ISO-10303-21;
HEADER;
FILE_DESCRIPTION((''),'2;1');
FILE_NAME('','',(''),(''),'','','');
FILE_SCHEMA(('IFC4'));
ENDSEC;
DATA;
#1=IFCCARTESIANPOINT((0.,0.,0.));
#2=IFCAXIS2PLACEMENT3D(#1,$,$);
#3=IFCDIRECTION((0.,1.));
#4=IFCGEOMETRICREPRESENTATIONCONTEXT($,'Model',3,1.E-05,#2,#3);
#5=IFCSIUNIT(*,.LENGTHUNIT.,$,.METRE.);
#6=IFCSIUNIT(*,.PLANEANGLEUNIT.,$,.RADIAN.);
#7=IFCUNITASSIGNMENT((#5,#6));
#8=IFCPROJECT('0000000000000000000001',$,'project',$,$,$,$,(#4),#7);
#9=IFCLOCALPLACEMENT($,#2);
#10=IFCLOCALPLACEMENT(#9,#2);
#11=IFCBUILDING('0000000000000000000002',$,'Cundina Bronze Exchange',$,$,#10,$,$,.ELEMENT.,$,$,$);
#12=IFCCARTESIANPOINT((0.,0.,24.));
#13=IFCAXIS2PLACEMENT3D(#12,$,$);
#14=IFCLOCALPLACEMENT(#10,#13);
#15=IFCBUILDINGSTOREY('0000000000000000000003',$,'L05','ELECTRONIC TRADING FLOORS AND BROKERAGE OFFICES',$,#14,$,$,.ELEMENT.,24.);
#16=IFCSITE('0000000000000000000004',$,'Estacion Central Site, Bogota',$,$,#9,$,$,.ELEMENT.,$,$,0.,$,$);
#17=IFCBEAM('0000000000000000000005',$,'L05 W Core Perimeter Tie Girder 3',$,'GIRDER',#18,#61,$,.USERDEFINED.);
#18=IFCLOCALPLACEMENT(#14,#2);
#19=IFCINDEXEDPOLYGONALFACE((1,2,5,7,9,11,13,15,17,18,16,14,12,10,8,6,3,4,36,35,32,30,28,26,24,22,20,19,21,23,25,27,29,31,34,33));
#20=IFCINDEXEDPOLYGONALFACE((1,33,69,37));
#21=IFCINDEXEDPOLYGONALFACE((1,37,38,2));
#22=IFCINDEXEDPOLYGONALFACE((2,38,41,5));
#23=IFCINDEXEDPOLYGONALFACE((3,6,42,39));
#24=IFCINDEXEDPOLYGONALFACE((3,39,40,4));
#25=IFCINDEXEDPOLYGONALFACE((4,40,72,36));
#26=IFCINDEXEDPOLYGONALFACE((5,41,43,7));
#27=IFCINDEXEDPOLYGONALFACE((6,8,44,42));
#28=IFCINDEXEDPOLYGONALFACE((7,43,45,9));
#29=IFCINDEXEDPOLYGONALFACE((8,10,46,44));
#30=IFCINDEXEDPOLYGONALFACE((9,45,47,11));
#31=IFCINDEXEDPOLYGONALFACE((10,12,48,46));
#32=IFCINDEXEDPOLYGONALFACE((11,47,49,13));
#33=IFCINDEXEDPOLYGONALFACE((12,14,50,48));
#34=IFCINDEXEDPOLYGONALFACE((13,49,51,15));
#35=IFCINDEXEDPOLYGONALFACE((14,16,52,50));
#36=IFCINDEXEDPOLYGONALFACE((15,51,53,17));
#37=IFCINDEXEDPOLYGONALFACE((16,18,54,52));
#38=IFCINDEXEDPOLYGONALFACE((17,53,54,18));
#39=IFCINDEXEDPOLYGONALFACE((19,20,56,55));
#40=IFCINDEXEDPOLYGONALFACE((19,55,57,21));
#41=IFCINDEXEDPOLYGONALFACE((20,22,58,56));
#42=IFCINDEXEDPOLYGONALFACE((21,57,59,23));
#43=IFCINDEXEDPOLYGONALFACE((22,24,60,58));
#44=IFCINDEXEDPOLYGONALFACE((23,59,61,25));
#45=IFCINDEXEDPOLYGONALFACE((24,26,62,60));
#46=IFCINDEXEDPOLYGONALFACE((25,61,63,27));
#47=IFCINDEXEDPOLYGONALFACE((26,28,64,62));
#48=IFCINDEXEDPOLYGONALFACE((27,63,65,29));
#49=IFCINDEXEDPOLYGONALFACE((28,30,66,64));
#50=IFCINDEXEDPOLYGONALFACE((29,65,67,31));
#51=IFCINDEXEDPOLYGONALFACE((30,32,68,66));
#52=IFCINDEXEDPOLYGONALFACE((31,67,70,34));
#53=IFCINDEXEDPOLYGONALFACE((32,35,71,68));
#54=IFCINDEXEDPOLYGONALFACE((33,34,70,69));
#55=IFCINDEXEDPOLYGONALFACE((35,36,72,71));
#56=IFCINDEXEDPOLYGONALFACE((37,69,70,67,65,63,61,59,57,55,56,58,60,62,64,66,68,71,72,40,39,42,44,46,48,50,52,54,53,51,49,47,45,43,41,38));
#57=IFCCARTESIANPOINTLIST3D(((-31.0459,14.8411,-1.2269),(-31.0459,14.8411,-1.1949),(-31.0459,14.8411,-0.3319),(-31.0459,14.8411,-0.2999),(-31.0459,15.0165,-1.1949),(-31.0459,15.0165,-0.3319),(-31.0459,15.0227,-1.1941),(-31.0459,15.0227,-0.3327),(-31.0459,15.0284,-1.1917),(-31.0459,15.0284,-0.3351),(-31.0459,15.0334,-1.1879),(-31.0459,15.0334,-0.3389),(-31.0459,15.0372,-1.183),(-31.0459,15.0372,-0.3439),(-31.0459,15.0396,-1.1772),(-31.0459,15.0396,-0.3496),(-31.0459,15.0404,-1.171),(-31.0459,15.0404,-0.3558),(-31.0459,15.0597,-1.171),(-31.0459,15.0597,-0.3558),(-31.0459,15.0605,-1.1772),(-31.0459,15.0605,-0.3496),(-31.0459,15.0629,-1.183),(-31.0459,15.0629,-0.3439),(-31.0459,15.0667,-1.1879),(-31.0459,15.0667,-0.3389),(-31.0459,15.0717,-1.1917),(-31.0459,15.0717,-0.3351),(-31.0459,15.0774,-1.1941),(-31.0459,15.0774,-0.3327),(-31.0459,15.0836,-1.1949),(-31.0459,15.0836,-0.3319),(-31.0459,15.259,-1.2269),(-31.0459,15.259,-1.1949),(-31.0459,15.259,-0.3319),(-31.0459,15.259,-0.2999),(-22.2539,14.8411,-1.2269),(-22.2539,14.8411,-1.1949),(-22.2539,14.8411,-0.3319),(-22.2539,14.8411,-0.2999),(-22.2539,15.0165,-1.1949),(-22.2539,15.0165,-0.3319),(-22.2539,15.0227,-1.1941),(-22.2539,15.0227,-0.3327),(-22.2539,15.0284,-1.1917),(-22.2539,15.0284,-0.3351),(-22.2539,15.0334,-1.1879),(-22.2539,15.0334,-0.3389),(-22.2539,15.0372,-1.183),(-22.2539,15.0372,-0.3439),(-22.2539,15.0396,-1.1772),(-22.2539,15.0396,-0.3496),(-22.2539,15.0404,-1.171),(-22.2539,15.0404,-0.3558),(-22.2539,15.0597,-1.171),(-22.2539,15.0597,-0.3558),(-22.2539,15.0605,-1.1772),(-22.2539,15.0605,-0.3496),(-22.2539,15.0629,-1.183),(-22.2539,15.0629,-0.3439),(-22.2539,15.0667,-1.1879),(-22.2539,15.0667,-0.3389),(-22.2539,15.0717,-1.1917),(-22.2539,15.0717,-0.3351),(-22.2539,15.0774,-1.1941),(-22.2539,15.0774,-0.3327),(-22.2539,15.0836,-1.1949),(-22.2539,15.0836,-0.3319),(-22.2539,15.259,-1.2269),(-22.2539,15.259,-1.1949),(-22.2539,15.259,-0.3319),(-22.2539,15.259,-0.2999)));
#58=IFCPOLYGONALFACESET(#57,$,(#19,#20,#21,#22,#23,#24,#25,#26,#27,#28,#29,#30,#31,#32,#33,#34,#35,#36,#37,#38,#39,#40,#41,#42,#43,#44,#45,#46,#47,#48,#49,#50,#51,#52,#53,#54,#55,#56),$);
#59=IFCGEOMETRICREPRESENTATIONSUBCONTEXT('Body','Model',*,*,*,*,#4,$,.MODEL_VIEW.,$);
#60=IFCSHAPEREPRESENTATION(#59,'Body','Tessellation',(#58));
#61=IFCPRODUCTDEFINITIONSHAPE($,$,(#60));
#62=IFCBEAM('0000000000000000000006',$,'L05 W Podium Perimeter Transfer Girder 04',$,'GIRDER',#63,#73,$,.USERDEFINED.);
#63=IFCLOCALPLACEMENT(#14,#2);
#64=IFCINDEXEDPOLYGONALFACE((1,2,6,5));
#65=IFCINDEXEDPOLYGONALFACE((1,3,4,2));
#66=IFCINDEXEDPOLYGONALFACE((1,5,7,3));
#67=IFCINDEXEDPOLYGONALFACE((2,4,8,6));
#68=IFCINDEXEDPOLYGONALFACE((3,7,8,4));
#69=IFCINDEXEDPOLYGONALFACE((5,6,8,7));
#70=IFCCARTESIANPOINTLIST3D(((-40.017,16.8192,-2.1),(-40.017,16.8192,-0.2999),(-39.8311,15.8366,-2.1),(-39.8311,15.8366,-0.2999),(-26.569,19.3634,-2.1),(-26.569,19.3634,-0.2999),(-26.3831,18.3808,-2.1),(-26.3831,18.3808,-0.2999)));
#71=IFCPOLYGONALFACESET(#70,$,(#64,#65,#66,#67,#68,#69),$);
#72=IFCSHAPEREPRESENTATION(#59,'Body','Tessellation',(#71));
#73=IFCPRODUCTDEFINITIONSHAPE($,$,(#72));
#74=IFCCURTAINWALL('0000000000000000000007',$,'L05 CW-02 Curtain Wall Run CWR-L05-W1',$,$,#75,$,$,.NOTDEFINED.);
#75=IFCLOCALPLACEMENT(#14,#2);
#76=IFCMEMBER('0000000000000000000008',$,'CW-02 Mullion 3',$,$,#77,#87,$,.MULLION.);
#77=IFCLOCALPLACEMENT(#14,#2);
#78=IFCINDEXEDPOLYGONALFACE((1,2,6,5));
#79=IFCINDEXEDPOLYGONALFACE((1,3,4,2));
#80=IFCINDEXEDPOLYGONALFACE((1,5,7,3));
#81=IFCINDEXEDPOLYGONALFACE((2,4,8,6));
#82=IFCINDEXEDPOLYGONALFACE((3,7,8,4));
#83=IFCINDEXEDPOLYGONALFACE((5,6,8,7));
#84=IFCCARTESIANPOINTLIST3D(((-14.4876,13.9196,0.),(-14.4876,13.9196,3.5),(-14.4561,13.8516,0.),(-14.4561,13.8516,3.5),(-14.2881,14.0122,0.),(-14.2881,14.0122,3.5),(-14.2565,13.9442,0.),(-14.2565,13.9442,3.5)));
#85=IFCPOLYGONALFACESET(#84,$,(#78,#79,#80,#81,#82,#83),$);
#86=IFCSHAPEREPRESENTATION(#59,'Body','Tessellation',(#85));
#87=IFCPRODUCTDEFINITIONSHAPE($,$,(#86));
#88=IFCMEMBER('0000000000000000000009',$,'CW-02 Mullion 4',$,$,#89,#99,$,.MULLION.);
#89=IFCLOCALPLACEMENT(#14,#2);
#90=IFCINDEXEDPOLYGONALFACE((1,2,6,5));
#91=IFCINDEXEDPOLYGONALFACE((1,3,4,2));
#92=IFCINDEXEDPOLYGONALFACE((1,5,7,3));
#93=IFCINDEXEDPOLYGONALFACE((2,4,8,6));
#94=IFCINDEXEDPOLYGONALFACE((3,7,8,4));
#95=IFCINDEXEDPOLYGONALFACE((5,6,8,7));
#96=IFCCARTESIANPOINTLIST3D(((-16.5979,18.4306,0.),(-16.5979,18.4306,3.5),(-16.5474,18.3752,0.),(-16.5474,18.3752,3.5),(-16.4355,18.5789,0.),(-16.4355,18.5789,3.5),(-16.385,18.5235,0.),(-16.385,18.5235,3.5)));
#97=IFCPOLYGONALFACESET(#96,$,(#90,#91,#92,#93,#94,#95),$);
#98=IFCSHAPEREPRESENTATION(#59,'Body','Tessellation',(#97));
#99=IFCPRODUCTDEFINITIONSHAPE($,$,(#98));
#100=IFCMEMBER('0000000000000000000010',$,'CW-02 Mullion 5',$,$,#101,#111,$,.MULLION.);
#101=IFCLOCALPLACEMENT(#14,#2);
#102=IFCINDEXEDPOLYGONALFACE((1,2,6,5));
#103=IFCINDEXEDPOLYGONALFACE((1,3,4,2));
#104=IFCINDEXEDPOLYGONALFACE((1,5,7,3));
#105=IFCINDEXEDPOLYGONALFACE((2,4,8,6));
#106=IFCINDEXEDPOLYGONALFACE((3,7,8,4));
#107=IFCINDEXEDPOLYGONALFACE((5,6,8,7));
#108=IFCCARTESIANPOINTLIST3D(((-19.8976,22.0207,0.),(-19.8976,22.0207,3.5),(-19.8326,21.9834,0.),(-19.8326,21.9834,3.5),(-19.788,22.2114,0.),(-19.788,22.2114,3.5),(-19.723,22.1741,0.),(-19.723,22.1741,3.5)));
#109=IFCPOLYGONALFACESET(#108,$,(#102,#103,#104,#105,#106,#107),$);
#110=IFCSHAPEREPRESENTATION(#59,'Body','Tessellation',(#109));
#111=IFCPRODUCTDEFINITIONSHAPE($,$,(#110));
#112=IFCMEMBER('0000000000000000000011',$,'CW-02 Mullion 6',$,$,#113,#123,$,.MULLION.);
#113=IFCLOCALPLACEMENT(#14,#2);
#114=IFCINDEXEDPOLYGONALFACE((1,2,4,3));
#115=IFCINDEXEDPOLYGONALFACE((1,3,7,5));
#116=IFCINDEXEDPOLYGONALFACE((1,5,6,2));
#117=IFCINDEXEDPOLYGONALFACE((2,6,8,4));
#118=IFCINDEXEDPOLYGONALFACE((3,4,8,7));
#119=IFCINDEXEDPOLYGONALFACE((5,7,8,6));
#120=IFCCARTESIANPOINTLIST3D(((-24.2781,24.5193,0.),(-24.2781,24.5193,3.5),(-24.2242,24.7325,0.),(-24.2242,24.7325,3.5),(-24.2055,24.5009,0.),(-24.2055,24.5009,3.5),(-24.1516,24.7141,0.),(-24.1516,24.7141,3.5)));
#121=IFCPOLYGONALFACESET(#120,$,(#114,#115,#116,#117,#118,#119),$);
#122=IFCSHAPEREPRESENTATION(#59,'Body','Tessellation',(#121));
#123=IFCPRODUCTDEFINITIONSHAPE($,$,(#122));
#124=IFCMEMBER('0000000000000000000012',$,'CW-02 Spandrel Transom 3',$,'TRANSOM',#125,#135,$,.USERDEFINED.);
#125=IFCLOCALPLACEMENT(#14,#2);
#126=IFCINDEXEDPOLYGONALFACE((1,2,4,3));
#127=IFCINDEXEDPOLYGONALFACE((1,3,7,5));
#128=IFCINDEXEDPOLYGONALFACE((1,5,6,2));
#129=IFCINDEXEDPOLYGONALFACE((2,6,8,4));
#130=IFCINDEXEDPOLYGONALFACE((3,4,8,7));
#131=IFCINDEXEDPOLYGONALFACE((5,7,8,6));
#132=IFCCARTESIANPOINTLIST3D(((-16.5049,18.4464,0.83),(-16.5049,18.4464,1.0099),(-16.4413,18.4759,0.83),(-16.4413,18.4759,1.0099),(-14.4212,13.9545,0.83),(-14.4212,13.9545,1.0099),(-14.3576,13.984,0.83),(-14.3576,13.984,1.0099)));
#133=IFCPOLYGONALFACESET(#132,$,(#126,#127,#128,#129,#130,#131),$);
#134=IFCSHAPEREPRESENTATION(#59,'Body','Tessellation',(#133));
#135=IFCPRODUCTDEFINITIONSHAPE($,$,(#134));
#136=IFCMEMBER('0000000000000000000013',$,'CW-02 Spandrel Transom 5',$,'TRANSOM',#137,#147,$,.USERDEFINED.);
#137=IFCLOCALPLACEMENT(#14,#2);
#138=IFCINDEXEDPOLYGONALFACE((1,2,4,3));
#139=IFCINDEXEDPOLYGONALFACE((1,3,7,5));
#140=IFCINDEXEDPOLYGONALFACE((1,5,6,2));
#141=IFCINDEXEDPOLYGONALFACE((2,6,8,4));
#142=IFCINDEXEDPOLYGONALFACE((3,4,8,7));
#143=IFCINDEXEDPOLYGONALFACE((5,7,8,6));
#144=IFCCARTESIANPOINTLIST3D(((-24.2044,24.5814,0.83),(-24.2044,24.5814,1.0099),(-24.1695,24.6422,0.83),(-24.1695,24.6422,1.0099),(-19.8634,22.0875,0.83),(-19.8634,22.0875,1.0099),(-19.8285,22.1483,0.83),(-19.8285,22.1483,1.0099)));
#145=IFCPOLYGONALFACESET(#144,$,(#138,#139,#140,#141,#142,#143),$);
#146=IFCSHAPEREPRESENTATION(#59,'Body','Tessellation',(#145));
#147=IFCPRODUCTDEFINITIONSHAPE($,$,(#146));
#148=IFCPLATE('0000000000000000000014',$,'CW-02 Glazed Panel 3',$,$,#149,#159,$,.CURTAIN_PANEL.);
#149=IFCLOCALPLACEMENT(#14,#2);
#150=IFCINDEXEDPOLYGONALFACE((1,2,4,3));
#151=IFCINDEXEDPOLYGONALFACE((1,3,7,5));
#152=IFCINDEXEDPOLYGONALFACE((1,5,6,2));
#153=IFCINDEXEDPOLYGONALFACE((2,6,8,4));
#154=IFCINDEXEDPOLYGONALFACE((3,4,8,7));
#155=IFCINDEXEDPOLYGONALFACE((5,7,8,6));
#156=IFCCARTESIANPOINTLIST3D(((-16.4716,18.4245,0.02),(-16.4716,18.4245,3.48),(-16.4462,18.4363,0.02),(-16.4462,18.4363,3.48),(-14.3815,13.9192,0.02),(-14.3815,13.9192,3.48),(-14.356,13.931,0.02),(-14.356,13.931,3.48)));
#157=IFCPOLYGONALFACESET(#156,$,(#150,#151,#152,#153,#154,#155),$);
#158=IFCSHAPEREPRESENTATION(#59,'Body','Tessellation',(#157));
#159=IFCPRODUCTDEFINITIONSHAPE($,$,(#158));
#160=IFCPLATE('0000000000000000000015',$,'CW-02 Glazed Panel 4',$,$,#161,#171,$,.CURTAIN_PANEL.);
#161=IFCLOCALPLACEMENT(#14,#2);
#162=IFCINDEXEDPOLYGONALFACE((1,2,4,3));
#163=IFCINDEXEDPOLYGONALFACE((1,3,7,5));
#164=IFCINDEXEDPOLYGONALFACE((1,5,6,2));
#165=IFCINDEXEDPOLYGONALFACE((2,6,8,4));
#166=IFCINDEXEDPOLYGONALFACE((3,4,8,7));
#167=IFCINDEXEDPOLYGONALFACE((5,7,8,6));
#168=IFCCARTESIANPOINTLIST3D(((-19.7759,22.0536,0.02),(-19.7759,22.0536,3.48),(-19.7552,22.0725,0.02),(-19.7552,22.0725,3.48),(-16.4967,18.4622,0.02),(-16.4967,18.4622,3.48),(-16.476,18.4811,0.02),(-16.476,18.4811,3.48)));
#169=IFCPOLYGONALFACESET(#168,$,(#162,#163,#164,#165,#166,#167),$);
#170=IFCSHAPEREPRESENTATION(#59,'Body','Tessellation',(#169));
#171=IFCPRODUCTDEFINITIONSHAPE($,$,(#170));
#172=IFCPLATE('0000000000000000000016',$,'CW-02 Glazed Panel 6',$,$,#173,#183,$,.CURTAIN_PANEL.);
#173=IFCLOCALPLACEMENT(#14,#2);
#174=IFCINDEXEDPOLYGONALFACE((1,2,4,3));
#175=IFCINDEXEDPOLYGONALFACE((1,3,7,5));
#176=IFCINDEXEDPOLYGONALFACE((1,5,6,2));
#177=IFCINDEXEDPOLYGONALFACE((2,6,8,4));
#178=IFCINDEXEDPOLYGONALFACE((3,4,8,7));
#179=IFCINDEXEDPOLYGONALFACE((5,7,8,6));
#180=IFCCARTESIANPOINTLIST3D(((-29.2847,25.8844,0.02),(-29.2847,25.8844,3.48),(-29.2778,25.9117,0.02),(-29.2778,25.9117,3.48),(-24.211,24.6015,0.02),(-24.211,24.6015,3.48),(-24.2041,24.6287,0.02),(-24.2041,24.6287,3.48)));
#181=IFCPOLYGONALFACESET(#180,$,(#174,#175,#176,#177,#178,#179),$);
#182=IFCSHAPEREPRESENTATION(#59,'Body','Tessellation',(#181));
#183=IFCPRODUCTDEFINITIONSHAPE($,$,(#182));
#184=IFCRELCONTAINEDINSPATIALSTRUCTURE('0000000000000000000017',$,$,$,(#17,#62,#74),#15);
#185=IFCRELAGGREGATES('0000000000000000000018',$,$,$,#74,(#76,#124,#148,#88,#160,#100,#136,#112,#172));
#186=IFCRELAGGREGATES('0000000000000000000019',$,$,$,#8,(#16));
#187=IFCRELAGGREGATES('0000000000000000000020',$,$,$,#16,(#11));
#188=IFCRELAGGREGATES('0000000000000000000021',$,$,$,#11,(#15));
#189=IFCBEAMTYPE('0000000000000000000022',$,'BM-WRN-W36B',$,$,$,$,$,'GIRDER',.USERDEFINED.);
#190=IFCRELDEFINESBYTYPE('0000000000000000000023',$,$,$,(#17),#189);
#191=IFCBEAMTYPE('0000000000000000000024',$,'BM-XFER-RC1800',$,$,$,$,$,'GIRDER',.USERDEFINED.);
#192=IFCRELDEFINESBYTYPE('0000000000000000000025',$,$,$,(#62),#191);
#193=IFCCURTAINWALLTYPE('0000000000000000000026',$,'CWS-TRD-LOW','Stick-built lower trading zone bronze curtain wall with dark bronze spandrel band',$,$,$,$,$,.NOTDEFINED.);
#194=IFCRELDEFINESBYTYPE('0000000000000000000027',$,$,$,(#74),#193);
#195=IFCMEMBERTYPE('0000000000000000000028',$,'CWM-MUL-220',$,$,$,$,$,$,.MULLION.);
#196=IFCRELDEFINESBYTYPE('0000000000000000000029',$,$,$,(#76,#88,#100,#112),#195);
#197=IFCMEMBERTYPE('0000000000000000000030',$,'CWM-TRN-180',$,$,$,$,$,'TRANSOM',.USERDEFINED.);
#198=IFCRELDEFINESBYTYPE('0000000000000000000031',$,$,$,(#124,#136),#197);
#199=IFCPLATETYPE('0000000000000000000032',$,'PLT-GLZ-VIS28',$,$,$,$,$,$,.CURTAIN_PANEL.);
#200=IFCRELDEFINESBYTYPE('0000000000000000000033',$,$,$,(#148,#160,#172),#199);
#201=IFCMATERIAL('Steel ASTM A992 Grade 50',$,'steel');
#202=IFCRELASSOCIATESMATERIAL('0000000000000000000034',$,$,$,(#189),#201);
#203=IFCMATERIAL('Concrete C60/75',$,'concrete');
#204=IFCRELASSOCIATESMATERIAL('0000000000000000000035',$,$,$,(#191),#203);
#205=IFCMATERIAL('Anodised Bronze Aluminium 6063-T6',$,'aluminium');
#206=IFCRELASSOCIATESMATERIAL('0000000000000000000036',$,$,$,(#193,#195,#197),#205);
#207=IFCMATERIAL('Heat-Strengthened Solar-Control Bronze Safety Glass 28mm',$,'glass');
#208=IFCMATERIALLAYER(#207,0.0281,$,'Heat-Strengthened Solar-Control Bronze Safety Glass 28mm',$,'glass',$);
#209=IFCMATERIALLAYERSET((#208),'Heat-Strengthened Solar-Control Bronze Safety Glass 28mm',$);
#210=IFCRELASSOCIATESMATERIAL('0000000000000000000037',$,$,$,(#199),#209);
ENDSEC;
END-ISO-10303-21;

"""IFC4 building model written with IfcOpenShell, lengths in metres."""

from ifc_helpers import new_model, si_unit, direction, frame, origin, origin_2d, place, context, subcontext, project, spatial, rectangle, i_section, extrude, material, layer, layer_set, material_profile, profile_set, type_object, element, aggregate, save


model = new_model("IFC4")

# Units and contexts
model_context = context("Model", 3, precision=1e-05, world=origin(), true_north=direction((0.0, 1.0)))
body_context = subcontext(model_context, "Body", "Model", "MODEL_VIEW")
ifc_project = project(units=[si_unit("LENGTHUNIT", "METRE"), si_unit("PLANEANGLEUNIT", "RADIAN")], contexts=[model_context])

# Site, building, storey
site_placement = place(None, origin())
site = spatial("IfcSite", under=ifc_project, at=site_placement, Name="Estacion Central Site, Bogota", CompositionType="ELEMENT", RefElevation=0.0)
building_placement = place(site_placement, origin())
building = spatial("IfcBuilding", under=site, at=building_placement, Name="Cundina Bronze Exchange", CompositionType="ELEMENT")
storey_placement = place(building_placement, frame((0.0, 0.0, 24.0)))
storey = spatial("IfcBuildingStorey", under=building, at=storey_placement, Name="L05", Description="ELECTRONIC TRADING FLOORS AND BROKERAGE OFFICES", CompositionType="ELEMENT", Elevation=24.0)

# Shared definitions
ifc_material_1 = material(Name="Steel ASTM A992 Grade 50", Category="steel")
ifc_material_2 = material(Name="Concrete C60/75", Category="concrete")

# Beams
ifc_material_profile_1 = material_profile(ifc_material_1, i_section(OverallWidth=0.418, OverallDepth=0.927, WebThickness=0.0193, FlangeThickness=0.032, FilletRadius=0.0239, at=origin_2d()), Name="W36X231", Category="steel")
ifc_profile_set_1 = profile_set([ifc_material_profile_1], Name="Steel ASTM A992 Grade 50")
beam_type_1 = type_object("IfcBeamType", Name="BM-WRN-W36B", ElementType="GIRDER", PredefinedType="USERDEFINED", material=ifc_profile_set_1)
beam_1_placement = place(storey_placement, frame((-22.2539, 15.05, -0.7634), z_axis=(-1.0, 0.0, 0.0), x_axis=(0.0, -1.0, 0.0)))
element("IfcBeam", 1, at=beam_1_placement, inside=storey, type_object=beam_type_1, Name="L05 W Core Perimeter Tie Girder 3", ObjectType="GIRDER", PredefinedType="USERDEFINED", context=body_context, shape_type="SweptSolid", body=[
    extrude(i_section(OverallWidth=0.418, OverallDepth=0.927, WebThickness=0.0193, FlangeThickness=0.032, FilletRadius=0.0239, at=origin_2d()), origin(), (0.0, 0.0, 1.0), 8.792),
])
ifc_material_profile_2 = material_profile(ifc_material_2, rectangle(XDim=1.0, YDim=1.8, at=origin_2d()), Name="RC1000X1800", Category="concrete")
ifc_profile_set_2 = profile_set([ifc_material_profile_2], Name="Concrete C60/75")
beam_type_2 = type_object("IfcBeamType", Name="BM-XFER-RC1800", ElementType="GIRDER", PredefinedType="USERDEFINED", material=ifc_profile_set_2)
beam_2_placement = place(storey_placement, frame((-26.4761, 18.8721, -1.2), z_axis=(-0.982571, -0.18589, 0.0), x_axis=(0.18589, -0.982571, 0.0)))
element("IfcBeam", 2, at=beam_2_placement, inside=storey, type_object=beam_type_2, Name="L05 W Podium Perimeter Transfer Girder 04", ObjectType="GIRDER", PredefinedType="USERDEFINED", context=body_context, shape_type="SweptSolid", body=[
    extrude(rectangle(XDim=1.0, YDim=1.8, at=origin_2d()), origin(), (0.0, 0.0, 1.0), 13.6865),
])

# Curtain wall, members, plates
ifc_material_3 = material(Name="Anodised Bronze Aluminium 6063-T6", Category="aluminium")
curtain_wall_type = type_object("IfcCurtainWallType", Name="CWS-TRD-LOW", Description="Stick-built lower trading zone bronze curtain wall with dark bronze spandrel band", PredefinedType="NOTDEFINED", material=ifc_material_3)
curtain_wall_placement = place(storey_placement, origin())
curtain_wall = element("IfcCurtainWall", 3, at=curtain_wall_placement, inside=storey, type_object=curtain_wall_type, Name="L05 CW-02 Curtain Wall Run CWR-L05-W1", PredefinedType="NOTDEFINED")
ifc_material_profile_3 = material_profile(ifc_material_3, rectangle(XDim=0.075, YDim=0.22, at=origin_2d()), Name="AL75X220", Category="aluminium")
ifc_profile_set_3 = profile_set([ifc_material_profile_3], Name="Anodised Bronze Aluminium 6063-T6")
member_type_1 = type_object("IfcMemberType", Name="CWM-MUL-220", PredefinedType="MULLION", material=ifc_profile_set_3)
member_1_placement = place(storey_placement, frame((-14.3721, 13.9319, 0.0), z_axis=(0.0, 0.0, 1.0), x_axis=(-0.420877, 0.907117, 0.0)))
member_1 = element("IfcMember", 4, at=member_1_placement, type_object=member_type_1, Name="CW-02 Mullion 3", PredefinedType="MULLION", context=body_context, shape_type="SweptSolid", body=[
    extrude(rectangle(XDim=0.075, YDim=0.22, at=origin_2d()), origin(), (0.0, 0.0, 1.0), 3.5),
])
member_2_placement = place(storey_placement, frame((-16.4915, 18.4771, 0.0), z_axis=(0.0, 0.0, 1.0), x_axis=(-0.674302, 0.738455, 0.0)))
member_2 = element("IfcMember", 5, at=member_2_placement, type_object=member_type_1, Name="CW-02 Mullion 4", PredefinedType="MULLION", context=body_context, shape_type="SweptSolid", body=[
    extrude(rectangle(XDim=0.075, YDim=0.22, at=origin_2d()), origin(), (0.0, 0.0, 1.0), 3.5),
])
member_3_placement = place(storey_placement, frame((-19.8103, 22.0974, 0.0), z_axis=(0.0, 0.0, 1.0), x_axis=(-0.867071, 0.498185, 0.0)))
member_3 = element("IfcMember", 6, at=member_3_placement, type_object=member_type_1, Name="CW-02 Mullion 5", PredefinedType="MULLION", context=body_context, shape_type="SweptSolid", body=[
    extrude(rectangle(XDim=0.075, YDim=0.22, at=origin_2d()), origin(), (0.0, 0.0, 1.0), 3.5),
])
member_4_placement = place(storey_placement, frame((-24.2148, 24.6167, 0.0), z_axis=(0.0, 0.0, 1.0), x_axis=(-0.969488, 0.245138, 0.0)))
member_4 = element("IfcMember", 7, at=member_4_placement, type_object=member_type_1, Name="CW-02 Mullion 6", PredefinedType="MULLION", context=body_context, shape_type="SweptSolid", body=[
    extrude(rectangle(XDim=0.075, YDim=0.22, at=origin_2d()), origin(), (0.0, 0.0, 1.0), 3.5),
])
ifc_material_profile_4 = material_profile(ifc_material_3, rectangle(XDim=0.0701, YDim=0.1799, at=origin_2d()), Name="AL70X180", Category="aluminium")
ifc_profile_set_4 = profile_set([ifc_material_profile_4], Name="Anodised Bronze Aluminium 6063-T6")
member_type_2 = type_object("IfcMemberType", Name="CWM-TRN-180", ElementType="TRANSOM", PredefinedType="USERDEFINED", material=ifc_profile_set_4)
member_5_placement = place(storey_placement, frame((-14.3894, 13.9692, 0.9199), z_axis=(-0.420811, 0.907148, 0.0), x_axis=(-0.907148, -0.420811, 0.0)))
member_5 = element("IfcMember", 8, at=member_5_placement, type_object=member_type_2, Name="CW-02 Spandrel Transom 3", ObjectType="TRANSOM", PredefinedType="USERDEFINED", context=body_context, shape_type="SweptSolid", body=[
    extrude(rectangle(XDim=0.0701, YDim=0.1799, at=origin_2d()), origin(), (0.0, 0.0, 1.0), 4.9517),
])
member_6_placement = place(storey_placement, frame((-19.8459, 22.1179, 0.9199), z_axis=(-0.867097, 0.498139, 0.0), x_axis=(-0.498139, -0.867097, 0.0)))
member_6 = element("IfcMember", 9, at=member_6_placement, type_object=member_type_2, Name="CW-02 Spandrel Transom 5", ObjectType="TRANSOM", PredefinedType="USERDEFINED", context=body_context, shape_type="SweptSolid", body=[
    extrude(rectangle(XDim=0.0701, YDim=0.1799, at=origin_2d()), origin(), (0.0, 0.0, 1.0), 5.0063),
])
ifc_material_4 = material(Name="Heat-Strengthened Solar-Control Bronze Safety Glass 28mm", Category="glass")
ifc_layer_1 = layer(ifc_material_4, 0.0281, Name="Heat-Strengthened Solar-Control Bronze Safety Glass 28mm", Category="glass")
ifc_layer_set_1 = layer_set([ifc_layer_1], Name="Heat-Strengthened Solar-Control Bronze Safety Glass 28mm")
plate_type_1 = type_object("IfcPlateType", Name="PLT-GLZ-VIS28", PredefinedType="CURTAIN_PANEL", material=ifc_layer_set_1)
plate_1_placement = place(storey_placement, frame((-15.4138, 16.1777, 0.02), z_axis=(0.0, 0.0, 1.0), x_axis=(-0.420846, 0.907132, 0.0)))
plate_1 = element("IfcPlate", 10, at=plate_1_placement, type_object=plate_type_1, Name="CW-02 Glazed Panel 3", PredefinedType="CURTAIN_PANEL", context=body_context, shape_type="SweptSolid", body=[
    extrude(rectangle(XDim=4.9666, YDim=0.0281, at=origin_2d()), origin(), (0.0, 0.0, 1.0), 3.46),
])
plate_2_placement = place(storey_placement, frame((-18.126, 20.2673, 0.02), z_axis=(0.0, 0.0, 1.0), x_axis=(-0.674277, 0.738479, 0.0)))
plate_2 = element("IfcPlate", 11, at=plate_2_placement, type_object=plate_type_1, Name="CW-02 Glazed Panel 4", PredefinedType="CURTAIN_PANEL", context=body_context, shape_type="SweptSolid", body=[
    extrude(rectangle(XDim=4.8633, YDim=0.0281, at=origin_2d()), origin(), (0.0, 0.0, 1.0), 3.46),
])
plate_3_placement = place(storey_placement, frame((-26.7444, 25.2566, 0.02), z_axis=(0.0, 0.0, 1.0), x_axis=(-0.969488, 0.245138, 0.0)))
plate_3 = element("IfcPlate", 12, at=plate_3_placement, type_object=plate_type_1, Name="CW-02 Glazed Panel 6", PredefinedType="CURTAIN_PANEL", context=body_context, shape_type="SweptSolid", body=[
    extrude(rectangle(XDim=5.2334, YDim=0.0281, at=origin_2d()), origin(), (0.0, 0.0, 1.0), 3.46),
])
aggregate(curtain_wall, [member_1, member_5, plate_1, member_2, plate_2, member_3, member_6, member_4, plate_3])

save(model, "model.ifc")
